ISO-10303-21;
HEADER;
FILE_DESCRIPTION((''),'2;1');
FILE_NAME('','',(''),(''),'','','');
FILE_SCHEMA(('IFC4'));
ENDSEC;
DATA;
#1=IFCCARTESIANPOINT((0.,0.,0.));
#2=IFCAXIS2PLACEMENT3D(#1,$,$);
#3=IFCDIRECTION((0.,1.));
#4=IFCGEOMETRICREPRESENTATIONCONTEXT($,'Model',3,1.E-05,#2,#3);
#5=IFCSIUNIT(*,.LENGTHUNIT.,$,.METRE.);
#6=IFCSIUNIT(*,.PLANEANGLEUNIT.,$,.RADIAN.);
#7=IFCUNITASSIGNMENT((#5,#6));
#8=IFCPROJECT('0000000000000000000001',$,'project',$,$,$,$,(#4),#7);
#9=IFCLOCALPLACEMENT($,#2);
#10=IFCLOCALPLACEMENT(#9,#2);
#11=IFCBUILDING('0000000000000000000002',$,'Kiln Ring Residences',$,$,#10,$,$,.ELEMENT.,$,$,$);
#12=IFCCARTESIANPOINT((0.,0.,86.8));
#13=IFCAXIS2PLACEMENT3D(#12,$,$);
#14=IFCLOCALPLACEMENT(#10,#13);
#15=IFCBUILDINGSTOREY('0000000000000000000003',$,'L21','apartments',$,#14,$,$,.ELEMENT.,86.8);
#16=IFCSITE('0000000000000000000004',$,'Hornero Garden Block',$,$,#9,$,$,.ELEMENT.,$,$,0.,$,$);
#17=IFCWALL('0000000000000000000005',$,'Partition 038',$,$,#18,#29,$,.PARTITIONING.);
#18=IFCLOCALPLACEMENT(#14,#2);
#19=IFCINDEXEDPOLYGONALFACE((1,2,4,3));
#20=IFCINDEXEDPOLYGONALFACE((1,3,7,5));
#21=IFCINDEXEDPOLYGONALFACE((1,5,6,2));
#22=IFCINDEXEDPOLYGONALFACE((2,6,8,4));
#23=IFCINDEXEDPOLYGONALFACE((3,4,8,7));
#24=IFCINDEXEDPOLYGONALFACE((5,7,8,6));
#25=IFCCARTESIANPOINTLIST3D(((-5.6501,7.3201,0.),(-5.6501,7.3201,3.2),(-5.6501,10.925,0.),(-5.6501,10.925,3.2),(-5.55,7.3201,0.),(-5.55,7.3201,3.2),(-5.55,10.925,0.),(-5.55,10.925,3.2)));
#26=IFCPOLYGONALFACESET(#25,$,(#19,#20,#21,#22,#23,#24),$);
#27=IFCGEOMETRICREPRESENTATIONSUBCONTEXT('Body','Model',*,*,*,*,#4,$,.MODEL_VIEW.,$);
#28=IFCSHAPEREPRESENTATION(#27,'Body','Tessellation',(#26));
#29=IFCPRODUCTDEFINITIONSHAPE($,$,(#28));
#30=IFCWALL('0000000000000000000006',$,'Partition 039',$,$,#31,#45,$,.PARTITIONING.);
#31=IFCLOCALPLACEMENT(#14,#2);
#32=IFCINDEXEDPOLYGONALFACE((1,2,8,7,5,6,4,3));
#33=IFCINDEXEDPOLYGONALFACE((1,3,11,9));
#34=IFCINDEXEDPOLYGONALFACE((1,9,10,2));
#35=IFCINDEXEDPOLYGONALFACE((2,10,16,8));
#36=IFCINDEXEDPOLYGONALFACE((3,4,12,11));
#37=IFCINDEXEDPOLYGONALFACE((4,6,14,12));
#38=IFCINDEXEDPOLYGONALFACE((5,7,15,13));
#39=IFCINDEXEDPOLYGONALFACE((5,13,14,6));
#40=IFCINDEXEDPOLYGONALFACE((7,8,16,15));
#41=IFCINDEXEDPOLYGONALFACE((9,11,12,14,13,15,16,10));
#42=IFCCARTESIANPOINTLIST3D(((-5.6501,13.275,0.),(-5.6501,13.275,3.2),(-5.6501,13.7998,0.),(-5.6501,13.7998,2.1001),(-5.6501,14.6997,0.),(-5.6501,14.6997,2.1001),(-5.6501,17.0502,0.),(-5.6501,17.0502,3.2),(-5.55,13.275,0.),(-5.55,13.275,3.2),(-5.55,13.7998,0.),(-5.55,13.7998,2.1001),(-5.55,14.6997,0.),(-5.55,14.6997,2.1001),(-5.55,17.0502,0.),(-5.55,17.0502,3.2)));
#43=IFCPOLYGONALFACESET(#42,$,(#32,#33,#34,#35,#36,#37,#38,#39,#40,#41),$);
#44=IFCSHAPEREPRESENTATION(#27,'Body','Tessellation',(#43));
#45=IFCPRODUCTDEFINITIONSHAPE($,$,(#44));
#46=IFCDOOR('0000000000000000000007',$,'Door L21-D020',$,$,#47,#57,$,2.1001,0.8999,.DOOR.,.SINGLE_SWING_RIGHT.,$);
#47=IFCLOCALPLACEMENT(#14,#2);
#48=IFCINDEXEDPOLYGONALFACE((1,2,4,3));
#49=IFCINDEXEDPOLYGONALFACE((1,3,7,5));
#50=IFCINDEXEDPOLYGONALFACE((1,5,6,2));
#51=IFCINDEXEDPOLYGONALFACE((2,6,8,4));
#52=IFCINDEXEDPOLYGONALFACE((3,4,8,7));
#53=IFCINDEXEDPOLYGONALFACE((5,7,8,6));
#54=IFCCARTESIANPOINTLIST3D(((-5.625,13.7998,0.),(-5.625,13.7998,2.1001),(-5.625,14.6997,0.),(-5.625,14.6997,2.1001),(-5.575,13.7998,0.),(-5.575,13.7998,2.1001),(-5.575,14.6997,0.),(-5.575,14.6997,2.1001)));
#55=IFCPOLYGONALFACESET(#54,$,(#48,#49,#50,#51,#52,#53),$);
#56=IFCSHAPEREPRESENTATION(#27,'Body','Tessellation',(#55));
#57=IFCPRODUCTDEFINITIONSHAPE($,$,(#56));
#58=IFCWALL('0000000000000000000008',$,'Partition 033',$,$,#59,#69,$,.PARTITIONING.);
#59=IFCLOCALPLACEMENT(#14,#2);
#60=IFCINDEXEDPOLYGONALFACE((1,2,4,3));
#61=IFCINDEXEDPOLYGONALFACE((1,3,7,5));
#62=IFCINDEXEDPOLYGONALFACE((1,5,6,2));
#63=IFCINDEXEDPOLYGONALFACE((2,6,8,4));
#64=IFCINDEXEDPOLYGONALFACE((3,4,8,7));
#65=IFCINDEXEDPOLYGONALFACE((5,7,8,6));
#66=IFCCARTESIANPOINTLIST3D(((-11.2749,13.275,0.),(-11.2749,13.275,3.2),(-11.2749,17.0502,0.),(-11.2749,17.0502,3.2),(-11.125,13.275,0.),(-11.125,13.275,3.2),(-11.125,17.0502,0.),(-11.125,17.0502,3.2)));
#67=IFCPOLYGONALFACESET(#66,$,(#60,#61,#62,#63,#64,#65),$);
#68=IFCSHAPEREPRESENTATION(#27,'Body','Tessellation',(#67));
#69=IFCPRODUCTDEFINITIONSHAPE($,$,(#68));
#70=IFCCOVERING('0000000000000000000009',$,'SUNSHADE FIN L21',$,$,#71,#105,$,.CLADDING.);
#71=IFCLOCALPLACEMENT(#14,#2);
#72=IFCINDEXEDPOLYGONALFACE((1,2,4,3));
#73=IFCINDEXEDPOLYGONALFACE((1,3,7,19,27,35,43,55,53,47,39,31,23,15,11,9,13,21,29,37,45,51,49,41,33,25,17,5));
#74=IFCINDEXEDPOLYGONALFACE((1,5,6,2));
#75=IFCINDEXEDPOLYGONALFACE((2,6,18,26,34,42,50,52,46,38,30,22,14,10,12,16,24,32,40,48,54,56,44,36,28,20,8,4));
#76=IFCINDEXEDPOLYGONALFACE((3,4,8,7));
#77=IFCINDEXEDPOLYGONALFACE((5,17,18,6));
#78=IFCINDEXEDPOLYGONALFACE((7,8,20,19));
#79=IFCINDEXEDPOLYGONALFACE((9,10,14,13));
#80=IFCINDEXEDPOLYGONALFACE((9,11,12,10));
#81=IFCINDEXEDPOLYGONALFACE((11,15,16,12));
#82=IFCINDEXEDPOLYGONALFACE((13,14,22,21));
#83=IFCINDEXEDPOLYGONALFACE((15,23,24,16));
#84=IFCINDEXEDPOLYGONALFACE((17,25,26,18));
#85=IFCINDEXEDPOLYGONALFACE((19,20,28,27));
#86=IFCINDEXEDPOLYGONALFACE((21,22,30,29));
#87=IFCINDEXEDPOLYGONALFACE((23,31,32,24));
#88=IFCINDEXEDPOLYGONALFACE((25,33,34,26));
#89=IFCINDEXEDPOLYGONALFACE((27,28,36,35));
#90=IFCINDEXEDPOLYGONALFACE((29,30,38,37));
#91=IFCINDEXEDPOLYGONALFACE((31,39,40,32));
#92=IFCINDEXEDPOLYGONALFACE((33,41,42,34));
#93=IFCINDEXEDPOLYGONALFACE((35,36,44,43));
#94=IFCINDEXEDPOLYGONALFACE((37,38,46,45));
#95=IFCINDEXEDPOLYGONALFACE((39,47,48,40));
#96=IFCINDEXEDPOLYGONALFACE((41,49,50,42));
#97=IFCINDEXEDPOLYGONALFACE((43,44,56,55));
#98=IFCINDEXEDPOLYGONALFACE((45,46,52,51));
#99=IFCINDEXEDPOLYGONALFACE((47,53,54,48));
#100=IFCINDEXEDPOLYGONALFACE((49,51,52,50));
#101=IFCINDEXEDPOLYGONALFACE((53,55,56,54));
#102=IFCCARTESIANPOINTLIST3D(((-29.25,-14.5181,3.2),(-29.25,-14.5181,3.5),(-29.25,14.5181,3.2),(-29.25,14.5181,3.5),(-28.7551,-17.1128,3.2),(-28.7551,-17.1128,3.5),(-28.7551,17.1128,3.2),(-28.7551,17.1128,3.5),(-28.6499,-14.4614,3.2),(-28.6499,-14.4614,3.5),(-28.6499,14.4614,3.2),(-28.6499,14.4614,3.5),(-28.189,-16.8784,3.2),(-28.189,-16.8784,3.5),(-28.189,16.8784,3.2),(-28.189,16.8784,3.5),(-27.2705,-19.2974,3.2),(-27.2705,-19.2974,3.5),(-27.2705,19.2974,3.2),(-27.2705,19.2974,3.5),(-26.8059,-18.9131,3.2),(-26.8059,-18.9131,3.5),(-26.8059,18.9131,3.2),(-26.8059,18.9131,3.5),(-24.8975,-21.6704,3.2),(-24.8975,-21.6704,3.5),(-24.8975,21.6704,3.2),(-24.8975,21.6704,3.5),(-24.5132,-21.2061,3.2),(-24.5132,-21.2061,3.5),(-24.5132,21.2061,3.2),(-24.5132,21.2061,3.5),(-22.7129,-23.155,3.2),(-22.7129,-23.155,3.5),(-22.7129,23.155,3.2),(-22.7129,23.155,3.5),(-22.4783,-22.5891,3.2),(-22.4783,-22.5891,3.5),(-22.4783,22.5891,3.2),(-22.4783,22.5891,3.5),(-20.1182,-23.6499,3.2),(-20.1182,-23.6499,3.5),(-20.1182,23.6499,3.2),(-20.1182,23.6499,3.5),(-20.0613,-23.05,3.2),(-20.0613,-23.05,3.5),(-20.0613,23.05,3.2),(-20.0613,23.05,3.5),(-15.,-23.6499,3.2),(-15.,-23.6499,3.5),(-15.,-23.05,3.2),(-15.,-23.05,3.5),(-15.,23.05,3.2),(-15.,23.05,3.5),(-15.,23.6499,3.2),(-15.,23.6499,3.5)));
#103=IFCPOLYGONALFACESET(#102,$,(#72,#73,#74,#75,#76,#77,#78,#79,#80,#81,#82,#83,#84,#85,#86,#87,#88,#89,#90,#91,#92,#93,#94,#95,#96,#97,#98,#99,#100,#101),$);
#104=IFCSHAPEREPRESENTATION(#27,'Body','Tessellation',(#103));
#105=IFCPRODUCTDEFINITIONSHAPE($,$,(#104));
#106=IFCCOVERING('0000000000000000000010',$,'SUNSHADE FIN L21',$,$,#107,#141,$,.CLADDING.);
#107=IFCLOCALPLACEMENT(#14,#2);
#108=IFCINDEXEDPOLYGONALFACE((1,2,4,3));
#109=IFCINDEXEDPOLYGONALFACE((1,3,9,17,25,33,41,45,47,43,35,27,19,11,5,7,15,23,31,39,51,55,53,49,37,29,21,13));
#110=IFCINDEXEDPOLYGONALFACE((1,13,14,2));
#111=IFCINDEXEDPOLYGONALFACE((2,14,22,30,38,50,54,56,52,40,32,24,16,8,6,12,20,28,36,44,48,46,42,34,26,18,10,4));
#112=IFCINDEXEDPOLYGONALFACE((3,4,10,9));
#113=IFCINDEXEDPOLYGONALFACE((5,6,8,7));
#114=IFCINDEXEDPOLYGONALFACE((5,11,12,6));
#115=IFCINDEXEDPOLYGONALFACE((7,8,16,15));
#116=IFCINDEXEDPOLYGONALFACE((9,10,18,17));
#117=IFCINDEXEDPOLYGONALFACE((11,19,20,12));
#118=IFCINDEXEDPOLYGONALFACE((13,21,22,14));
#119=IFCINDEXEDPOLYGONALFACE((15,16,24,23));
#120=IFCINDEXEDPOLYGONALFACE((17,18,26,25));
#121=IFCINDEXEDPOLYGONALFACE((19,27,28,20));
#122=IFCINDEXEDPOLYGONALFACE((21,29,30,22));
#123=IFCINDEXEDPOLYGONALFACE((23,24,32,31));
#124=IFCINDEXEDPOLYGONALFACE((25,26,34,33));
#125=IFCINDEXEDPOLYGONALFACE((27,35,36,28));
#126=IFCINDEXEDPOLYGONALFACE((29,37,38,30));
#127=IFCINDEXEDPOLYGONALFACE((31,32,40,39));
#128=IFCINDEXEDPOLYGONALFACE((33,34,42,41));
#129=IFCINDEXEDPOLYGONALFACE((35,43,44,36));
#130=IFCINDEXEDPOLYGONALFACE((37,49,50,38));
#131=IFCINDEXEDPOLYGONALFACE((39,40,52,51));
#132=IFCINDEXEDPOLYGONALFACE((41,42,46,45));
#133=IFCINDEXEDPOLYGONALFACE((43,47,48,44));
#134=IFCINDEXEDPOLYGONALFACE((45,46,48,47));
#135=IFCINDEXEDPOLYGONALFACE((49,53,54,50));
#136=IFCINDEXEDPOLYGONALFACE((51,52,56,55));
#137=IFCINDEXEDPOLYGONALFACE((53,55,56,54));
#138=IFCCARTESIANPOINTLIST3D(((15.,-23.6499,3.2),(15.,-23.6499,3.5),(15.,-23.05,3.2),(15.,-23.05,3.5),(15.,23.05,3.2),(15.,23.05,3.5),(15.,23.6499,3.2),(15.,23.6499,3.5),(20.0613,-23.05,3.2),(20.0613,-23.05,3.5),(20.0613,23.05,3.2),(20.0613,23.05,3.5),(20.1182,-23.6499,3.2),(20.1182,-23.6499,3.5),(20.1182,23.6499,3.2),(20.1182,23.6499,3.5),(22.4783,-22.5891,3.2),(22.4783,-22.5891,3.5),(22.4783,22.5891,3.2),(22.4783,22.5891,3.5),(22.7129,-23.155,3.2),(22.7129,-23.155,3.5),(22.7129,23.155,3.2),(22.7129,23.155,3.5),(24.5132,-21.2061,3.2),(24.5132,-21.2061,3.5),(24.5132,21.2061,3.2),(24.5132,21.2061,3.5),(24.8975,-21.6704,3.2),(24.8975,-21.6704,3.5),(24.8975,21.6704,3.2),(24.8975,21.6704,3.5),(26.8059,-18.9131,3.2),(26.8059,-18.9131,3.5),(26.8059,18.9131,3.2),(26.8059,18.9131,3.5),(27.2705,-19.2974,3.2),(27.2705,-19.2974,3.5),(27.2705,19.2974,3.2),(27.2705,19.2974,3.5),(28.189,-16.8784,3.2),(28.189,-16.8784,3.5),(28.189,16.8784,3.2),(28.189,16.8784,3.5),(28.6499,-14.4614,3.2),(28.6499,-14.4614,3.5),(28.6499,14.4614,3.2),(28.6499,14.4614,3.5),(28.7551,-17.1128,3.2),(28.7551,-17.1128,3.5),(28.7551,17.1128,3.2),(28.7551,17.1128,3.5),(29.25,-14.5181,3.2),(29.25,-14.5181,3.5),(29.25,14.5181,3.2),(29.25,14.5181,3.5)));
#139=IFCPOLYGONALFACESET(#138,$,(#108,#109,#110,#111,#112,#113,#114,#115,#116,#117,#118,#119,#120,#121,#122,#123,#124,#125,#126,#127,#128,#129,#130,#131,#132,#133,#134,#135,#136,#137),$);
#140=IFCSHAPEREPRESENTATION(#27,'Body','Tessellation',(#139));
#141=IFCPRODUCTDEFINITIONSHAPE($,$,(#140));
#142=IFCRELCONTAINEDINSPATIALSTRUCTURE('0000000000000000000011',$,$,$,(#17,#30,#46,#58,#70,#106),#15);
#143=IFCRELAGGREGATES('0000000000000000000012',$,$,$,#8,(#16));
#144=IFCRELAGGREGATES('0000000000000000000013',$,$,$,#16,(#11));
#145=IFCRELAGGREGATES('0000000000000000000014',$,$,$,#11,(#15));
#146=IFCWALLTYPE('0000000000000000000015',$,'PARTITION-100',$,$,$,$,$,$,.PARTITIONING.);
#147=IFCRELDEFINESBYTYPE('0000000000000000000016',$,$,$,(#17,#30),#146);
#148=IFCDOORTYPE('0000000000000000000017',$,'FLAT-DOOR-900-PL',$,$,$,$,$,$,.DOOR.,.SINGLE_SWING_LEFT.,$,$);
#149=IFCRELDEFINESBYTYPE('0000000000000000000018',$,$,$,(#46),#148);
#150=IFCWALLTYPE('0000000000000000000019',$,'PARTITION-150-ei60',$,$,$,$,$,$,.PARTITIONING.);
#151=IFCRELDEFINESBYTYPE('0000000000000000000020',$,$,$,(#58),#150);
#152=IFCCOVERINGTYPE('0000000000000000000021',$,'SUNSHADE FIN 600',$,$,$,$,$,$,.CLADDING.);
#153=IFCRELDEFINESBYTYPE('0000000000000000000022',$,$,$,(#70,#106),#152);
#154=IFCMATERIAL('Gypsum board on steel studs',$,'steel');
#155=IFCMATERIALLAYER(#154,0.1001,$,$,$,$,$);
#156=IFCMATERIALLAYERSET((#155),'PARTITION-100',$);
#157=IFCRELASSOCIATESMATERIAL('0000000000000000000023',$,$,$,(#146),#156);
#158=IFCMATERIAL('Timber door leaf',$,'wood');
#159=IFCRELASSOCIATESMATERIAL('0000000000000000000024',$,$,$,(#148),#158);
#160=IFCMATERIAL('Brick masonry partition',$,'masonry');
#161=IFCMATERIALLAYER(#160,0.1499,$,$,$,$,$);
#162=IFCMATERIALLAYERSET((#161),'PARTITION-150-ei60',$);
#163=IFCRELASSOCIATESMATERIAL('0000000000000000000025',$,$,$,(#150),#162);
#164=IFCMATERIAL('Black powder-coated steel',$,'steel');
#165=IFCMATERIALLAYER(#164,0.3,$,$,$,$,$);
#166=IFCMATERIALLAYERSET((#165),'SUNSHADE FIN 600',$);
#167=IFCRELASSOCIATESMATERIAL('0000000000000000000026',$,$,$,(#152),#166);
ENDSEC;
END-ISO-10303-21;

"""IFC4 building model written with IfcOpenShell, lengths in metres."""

from ifc_helpers import new_model, si_unit, direction, frame, frame_2d, origin, place, context, subcontext, project, spatial, polyline, rectangle, outline, extrude, material, layer, layer_set, type_object, element, fill, save


model = new_model("IFC4")

# Units and contexts
model_context = context("Model", 3, precision=1e-05, world=origin(), true_north=direction((0.0, 1.0)))
body_context = subcontext(model_context, "Body", "Model", "MODEL_VIEW")
ifc_project = project(units=[si_unit("LENGTHUNIT", "METRE"), si_unit("PLANEANGLEUNIT", "RADIAN")], contexts=[model_context])

# Site, building, storey
site_placement = place(None, origin())
site = spatial("IfcSite", under=ifc_project, at=site_placement, Name="Hornero Garden Block", CompositionType="ELEMENT", RefElevation=0.0)
building_placement = place(site_placement, origin())
building = spatial("IfcBuilding", under=site, at=building_placement, Name="Kiln Ring Residences", CompositionType="ELEMENT")
storey_placement = place(building_placement, frame((0.0, 0.0, 86.8)))
storey = spatial("IfcBuildingStorey", under=building, at=storey_placement, Name="L21", Description="apartments", CompositionType="ELEMENT", Elevation=86.8)

# Wall
ifc_material_1 = material(Name="Gypsum board on steel studs", Category="steel")
ifc_layer_1 = layer(ifc_material_1, 0.1001)
ifc_layer_set_1 = layer_set([ifc_layer_1], Name="PARTITION-100")
wall_type_1 = type_object("IfcWallType", Name="PARTITION-100", PredefinedType="PARTITIONING", material=ifc_layer_set_1)
wall_1_placement = place(storey_placement, frame((-5.6001, 7.3201, 0.0), z_axis=(0.0, 0.0, 1.0), x_axis=(0.0, 1.0, 0.0)))
element("IfcWall", 1, at=wall_1_placement, inside=storey, type_object=wall_type_1, Name="Partition 038", PredefinedType="PARTITIONING", context=body_context, shape_type="SweptSolid", body=[
    extrude(rectangle(XDim=3.605, YDim=0.1001, at=frame_2d((1.8025, 0.0))), origin(), (0.0, 0.0, 1.0), 3.2),
])

# Wall, opening, door
wall_2_placement = place(storey_placement, frame((-5.6001, 13.2749, 0.0), z_axis=(0.0, 0.0, 1.0), x_axis=(0.0, 1.0, 0.0)))
wall_2 = element("IfcWall", 2, at=wall_2_placement, inside=storey, type_object=wall_type_1, Name="Partition 039", PredefinedType="PARTITIONING", context=body_context, shape_type="SweptSolid", body=[
    extrude(rectangle(XDim=3.7751, YDim=0.1001, at=frame_2d((1.8877, 0.0))), origin(), (0.0, 0.0, 1.0), 3.2),
])
opening_placement = place(wall_2_placement, frame((0.5249, 0.0, 0.0)))
opening = element("IfcOpeningElement", 3, at=opening_placement, cuts=wall_2, PredefinedType="OPENING", context=body_context, shape_type="SweptSolid", body=[
    extrude(rectangle(XDim=0.8999, YDim=2.1001, at=frame_2d((0.45, 1.05))), frame((0.0, 0.0601, 0.0), z_axis=(0.0, -1.0, 0.0), x_axis=(1.0, 0.0, 0.0)), (0.0, 0.0, 1.0), 0.1201),
])
ifc_material_2 = material(Name="Timber door leaf", Category="wood")
door_type = type_object("IfcDoorType", Name="FLAT-DOOR-900-PL", OperationType="SINGLE_SWING_LEFT", PredefinedType="DOOR", material=ifc_material_2)
door_placement = place(opening_placement, origin())
door = element("IfcDoor", 4, at=door_placement, inside=storey, type_object=door_type, Name="Door L21-D020", OperationType="SINGLE_SWING_RIGHT", OverallHeight=2.1001, OverallWidth=0.8999, PredefinedType="DOOR", context=body_context, shape_type="SweptSolid", body=[
    extrude(rectangle(XDim=0.8999, YDim=2.1001, at=frame_2d((0.45, 1.05))), frame((0.0, 0.0249, 0.0), z_axis=(0.0, -1.0, 0.0), x_axis=(1.0, 0.0, 0.0)), (0.0, 0.0, 1.0), 0.05),
])
fill(opening, door)

# Wall
ifc_material_3 = material(Name="Brick masonry partition", Category="masonry")
ifc_layer_2 = layer(ifc_material_3, 0.1499)
ifc_layer_set_2 = layer_set([ifc_layer_2], Name="PARTITION-150-ei60")
wall_type_2 = type_object("IfcWallType", Name="PARTITION-150-ei60", PredefinedType="PARTITIONING", material=ifc_layer_set_2)
wall_3_placement = place(storey_placement, frame((-11.2, 13.2749, 0.0), z_axis=(0.0, 0.0, 1.0), x_axis=(0.0, 1.0, 0.0)))
element("IfcWall", 5, at=wall_3_placement, inside=storey, type_object=wall_type_2, Name="Partition 033", PredefinedType="PARTITIONING", context=body_context, shape_type="SweptSolid", body=[
    extrude(rectangle(XDim=3.7751, YDim=0.1499, at=frame_2d((1.8877, 0.0))), origin(), (0.0, 0.0, 1.0), 3.2),
])

# Coverings
ifc_material_4 = material(Name="Black powder-coated steel", Category="steel")
ifc_layer_3 = layer(ifc_material_4, 0.3)
ifc_layer_set_3 = layer_set([ifc_layer_3], Name="SUNSHADE FIN 600")
covering_type = type_object("IfcCoveringType", Name="SUNSHADE FIN 600", PredefinedType="CLADDING", material=ifc_layer_set_3)
placement = place(storey_placement, frame((0.0, 0.0, 3.2)))
element("IfcCovering", 6, at=placement, inside=storey, type_object=covering_type, Name="SUNSHADE FIN L21", PredefinedType="CLADDING", context=body_context, shape_type="SweptSolid", body=[
    extrude(outline(polyline([(-29.25, -14.5181), (-28.7551, -17.1128), (-27.2705, -19.2974), (-24.8975, -21.6704), (-22.7129, -23.155), (-20.1182, -23.6499), (-15.0, -23.6499), (-15.0, -23.05), (-20.0613, -23.05), (-22.4783, -22.5891), (-24.5132, -21.2061), (-26.8059, -18.9131), (-28.189, -16.8784), (-28.6499, -14.4614), (-28.6499, 14.4614), (-28.189, 16.8784), (-26.8059, 18.9131), (-24.5132, 21.2061), (-22.4783, 22.5891), (-20.0613, 23.05), (-15.0, 23.05), (-15.0, 23.6499), (-20.1182, 23.6499), (-22.7129, 23.155), (-24.8975, 21.6704), (-27.2705, 19.2974), (-28.7551, 17.1128), (-29.25, 14.5181), (-29.25, -14.5181)])), origin(), (0.0, 0.0, 1.0), 0.3),
])
element("IfcCovering", 7, at=placement, inside=storey, type_object=covering_type, Name="SUNSHADE FIN L21", PredefinedType="CLADDING", context=body_context, shape_type="SweptSolid", body=[
    extrude(outline(polyline([(20.1182, 23.6499), (15.0, 23.6499), (15.0, 23.05), (20.0613, 23.05), (22.4783, 22.5891), (24.5132, 21.2061), (26.8059, 18.9131), (28.189, 16.8784), (28.6499, 14.4614), (28.6499, -14.4614), (28.189, -16.8784), (26.8059, -18.9131), (24.5132, -21.2061), (22.4783, -22.5891), (20.0613, -23.05), (15.0, -23.05), (15.0, -23.6499), (20.1182, -23.6499), (22.7129, -23.155), (24.8975, -21.6704), (27.2705, -19.2974), (28.7551, -17.1128), (29.25, -14.5181), (29.25, 14.5181), (28.7551, 17.1128), (27.2705, 19.2974), (24.8975, 21.6704), (22.7129, 23.155), (20.1182, 23.6499)])), origin(), (0.0, 0.0, 1.0), 0.3),
])

save(model, "model.ifc")
